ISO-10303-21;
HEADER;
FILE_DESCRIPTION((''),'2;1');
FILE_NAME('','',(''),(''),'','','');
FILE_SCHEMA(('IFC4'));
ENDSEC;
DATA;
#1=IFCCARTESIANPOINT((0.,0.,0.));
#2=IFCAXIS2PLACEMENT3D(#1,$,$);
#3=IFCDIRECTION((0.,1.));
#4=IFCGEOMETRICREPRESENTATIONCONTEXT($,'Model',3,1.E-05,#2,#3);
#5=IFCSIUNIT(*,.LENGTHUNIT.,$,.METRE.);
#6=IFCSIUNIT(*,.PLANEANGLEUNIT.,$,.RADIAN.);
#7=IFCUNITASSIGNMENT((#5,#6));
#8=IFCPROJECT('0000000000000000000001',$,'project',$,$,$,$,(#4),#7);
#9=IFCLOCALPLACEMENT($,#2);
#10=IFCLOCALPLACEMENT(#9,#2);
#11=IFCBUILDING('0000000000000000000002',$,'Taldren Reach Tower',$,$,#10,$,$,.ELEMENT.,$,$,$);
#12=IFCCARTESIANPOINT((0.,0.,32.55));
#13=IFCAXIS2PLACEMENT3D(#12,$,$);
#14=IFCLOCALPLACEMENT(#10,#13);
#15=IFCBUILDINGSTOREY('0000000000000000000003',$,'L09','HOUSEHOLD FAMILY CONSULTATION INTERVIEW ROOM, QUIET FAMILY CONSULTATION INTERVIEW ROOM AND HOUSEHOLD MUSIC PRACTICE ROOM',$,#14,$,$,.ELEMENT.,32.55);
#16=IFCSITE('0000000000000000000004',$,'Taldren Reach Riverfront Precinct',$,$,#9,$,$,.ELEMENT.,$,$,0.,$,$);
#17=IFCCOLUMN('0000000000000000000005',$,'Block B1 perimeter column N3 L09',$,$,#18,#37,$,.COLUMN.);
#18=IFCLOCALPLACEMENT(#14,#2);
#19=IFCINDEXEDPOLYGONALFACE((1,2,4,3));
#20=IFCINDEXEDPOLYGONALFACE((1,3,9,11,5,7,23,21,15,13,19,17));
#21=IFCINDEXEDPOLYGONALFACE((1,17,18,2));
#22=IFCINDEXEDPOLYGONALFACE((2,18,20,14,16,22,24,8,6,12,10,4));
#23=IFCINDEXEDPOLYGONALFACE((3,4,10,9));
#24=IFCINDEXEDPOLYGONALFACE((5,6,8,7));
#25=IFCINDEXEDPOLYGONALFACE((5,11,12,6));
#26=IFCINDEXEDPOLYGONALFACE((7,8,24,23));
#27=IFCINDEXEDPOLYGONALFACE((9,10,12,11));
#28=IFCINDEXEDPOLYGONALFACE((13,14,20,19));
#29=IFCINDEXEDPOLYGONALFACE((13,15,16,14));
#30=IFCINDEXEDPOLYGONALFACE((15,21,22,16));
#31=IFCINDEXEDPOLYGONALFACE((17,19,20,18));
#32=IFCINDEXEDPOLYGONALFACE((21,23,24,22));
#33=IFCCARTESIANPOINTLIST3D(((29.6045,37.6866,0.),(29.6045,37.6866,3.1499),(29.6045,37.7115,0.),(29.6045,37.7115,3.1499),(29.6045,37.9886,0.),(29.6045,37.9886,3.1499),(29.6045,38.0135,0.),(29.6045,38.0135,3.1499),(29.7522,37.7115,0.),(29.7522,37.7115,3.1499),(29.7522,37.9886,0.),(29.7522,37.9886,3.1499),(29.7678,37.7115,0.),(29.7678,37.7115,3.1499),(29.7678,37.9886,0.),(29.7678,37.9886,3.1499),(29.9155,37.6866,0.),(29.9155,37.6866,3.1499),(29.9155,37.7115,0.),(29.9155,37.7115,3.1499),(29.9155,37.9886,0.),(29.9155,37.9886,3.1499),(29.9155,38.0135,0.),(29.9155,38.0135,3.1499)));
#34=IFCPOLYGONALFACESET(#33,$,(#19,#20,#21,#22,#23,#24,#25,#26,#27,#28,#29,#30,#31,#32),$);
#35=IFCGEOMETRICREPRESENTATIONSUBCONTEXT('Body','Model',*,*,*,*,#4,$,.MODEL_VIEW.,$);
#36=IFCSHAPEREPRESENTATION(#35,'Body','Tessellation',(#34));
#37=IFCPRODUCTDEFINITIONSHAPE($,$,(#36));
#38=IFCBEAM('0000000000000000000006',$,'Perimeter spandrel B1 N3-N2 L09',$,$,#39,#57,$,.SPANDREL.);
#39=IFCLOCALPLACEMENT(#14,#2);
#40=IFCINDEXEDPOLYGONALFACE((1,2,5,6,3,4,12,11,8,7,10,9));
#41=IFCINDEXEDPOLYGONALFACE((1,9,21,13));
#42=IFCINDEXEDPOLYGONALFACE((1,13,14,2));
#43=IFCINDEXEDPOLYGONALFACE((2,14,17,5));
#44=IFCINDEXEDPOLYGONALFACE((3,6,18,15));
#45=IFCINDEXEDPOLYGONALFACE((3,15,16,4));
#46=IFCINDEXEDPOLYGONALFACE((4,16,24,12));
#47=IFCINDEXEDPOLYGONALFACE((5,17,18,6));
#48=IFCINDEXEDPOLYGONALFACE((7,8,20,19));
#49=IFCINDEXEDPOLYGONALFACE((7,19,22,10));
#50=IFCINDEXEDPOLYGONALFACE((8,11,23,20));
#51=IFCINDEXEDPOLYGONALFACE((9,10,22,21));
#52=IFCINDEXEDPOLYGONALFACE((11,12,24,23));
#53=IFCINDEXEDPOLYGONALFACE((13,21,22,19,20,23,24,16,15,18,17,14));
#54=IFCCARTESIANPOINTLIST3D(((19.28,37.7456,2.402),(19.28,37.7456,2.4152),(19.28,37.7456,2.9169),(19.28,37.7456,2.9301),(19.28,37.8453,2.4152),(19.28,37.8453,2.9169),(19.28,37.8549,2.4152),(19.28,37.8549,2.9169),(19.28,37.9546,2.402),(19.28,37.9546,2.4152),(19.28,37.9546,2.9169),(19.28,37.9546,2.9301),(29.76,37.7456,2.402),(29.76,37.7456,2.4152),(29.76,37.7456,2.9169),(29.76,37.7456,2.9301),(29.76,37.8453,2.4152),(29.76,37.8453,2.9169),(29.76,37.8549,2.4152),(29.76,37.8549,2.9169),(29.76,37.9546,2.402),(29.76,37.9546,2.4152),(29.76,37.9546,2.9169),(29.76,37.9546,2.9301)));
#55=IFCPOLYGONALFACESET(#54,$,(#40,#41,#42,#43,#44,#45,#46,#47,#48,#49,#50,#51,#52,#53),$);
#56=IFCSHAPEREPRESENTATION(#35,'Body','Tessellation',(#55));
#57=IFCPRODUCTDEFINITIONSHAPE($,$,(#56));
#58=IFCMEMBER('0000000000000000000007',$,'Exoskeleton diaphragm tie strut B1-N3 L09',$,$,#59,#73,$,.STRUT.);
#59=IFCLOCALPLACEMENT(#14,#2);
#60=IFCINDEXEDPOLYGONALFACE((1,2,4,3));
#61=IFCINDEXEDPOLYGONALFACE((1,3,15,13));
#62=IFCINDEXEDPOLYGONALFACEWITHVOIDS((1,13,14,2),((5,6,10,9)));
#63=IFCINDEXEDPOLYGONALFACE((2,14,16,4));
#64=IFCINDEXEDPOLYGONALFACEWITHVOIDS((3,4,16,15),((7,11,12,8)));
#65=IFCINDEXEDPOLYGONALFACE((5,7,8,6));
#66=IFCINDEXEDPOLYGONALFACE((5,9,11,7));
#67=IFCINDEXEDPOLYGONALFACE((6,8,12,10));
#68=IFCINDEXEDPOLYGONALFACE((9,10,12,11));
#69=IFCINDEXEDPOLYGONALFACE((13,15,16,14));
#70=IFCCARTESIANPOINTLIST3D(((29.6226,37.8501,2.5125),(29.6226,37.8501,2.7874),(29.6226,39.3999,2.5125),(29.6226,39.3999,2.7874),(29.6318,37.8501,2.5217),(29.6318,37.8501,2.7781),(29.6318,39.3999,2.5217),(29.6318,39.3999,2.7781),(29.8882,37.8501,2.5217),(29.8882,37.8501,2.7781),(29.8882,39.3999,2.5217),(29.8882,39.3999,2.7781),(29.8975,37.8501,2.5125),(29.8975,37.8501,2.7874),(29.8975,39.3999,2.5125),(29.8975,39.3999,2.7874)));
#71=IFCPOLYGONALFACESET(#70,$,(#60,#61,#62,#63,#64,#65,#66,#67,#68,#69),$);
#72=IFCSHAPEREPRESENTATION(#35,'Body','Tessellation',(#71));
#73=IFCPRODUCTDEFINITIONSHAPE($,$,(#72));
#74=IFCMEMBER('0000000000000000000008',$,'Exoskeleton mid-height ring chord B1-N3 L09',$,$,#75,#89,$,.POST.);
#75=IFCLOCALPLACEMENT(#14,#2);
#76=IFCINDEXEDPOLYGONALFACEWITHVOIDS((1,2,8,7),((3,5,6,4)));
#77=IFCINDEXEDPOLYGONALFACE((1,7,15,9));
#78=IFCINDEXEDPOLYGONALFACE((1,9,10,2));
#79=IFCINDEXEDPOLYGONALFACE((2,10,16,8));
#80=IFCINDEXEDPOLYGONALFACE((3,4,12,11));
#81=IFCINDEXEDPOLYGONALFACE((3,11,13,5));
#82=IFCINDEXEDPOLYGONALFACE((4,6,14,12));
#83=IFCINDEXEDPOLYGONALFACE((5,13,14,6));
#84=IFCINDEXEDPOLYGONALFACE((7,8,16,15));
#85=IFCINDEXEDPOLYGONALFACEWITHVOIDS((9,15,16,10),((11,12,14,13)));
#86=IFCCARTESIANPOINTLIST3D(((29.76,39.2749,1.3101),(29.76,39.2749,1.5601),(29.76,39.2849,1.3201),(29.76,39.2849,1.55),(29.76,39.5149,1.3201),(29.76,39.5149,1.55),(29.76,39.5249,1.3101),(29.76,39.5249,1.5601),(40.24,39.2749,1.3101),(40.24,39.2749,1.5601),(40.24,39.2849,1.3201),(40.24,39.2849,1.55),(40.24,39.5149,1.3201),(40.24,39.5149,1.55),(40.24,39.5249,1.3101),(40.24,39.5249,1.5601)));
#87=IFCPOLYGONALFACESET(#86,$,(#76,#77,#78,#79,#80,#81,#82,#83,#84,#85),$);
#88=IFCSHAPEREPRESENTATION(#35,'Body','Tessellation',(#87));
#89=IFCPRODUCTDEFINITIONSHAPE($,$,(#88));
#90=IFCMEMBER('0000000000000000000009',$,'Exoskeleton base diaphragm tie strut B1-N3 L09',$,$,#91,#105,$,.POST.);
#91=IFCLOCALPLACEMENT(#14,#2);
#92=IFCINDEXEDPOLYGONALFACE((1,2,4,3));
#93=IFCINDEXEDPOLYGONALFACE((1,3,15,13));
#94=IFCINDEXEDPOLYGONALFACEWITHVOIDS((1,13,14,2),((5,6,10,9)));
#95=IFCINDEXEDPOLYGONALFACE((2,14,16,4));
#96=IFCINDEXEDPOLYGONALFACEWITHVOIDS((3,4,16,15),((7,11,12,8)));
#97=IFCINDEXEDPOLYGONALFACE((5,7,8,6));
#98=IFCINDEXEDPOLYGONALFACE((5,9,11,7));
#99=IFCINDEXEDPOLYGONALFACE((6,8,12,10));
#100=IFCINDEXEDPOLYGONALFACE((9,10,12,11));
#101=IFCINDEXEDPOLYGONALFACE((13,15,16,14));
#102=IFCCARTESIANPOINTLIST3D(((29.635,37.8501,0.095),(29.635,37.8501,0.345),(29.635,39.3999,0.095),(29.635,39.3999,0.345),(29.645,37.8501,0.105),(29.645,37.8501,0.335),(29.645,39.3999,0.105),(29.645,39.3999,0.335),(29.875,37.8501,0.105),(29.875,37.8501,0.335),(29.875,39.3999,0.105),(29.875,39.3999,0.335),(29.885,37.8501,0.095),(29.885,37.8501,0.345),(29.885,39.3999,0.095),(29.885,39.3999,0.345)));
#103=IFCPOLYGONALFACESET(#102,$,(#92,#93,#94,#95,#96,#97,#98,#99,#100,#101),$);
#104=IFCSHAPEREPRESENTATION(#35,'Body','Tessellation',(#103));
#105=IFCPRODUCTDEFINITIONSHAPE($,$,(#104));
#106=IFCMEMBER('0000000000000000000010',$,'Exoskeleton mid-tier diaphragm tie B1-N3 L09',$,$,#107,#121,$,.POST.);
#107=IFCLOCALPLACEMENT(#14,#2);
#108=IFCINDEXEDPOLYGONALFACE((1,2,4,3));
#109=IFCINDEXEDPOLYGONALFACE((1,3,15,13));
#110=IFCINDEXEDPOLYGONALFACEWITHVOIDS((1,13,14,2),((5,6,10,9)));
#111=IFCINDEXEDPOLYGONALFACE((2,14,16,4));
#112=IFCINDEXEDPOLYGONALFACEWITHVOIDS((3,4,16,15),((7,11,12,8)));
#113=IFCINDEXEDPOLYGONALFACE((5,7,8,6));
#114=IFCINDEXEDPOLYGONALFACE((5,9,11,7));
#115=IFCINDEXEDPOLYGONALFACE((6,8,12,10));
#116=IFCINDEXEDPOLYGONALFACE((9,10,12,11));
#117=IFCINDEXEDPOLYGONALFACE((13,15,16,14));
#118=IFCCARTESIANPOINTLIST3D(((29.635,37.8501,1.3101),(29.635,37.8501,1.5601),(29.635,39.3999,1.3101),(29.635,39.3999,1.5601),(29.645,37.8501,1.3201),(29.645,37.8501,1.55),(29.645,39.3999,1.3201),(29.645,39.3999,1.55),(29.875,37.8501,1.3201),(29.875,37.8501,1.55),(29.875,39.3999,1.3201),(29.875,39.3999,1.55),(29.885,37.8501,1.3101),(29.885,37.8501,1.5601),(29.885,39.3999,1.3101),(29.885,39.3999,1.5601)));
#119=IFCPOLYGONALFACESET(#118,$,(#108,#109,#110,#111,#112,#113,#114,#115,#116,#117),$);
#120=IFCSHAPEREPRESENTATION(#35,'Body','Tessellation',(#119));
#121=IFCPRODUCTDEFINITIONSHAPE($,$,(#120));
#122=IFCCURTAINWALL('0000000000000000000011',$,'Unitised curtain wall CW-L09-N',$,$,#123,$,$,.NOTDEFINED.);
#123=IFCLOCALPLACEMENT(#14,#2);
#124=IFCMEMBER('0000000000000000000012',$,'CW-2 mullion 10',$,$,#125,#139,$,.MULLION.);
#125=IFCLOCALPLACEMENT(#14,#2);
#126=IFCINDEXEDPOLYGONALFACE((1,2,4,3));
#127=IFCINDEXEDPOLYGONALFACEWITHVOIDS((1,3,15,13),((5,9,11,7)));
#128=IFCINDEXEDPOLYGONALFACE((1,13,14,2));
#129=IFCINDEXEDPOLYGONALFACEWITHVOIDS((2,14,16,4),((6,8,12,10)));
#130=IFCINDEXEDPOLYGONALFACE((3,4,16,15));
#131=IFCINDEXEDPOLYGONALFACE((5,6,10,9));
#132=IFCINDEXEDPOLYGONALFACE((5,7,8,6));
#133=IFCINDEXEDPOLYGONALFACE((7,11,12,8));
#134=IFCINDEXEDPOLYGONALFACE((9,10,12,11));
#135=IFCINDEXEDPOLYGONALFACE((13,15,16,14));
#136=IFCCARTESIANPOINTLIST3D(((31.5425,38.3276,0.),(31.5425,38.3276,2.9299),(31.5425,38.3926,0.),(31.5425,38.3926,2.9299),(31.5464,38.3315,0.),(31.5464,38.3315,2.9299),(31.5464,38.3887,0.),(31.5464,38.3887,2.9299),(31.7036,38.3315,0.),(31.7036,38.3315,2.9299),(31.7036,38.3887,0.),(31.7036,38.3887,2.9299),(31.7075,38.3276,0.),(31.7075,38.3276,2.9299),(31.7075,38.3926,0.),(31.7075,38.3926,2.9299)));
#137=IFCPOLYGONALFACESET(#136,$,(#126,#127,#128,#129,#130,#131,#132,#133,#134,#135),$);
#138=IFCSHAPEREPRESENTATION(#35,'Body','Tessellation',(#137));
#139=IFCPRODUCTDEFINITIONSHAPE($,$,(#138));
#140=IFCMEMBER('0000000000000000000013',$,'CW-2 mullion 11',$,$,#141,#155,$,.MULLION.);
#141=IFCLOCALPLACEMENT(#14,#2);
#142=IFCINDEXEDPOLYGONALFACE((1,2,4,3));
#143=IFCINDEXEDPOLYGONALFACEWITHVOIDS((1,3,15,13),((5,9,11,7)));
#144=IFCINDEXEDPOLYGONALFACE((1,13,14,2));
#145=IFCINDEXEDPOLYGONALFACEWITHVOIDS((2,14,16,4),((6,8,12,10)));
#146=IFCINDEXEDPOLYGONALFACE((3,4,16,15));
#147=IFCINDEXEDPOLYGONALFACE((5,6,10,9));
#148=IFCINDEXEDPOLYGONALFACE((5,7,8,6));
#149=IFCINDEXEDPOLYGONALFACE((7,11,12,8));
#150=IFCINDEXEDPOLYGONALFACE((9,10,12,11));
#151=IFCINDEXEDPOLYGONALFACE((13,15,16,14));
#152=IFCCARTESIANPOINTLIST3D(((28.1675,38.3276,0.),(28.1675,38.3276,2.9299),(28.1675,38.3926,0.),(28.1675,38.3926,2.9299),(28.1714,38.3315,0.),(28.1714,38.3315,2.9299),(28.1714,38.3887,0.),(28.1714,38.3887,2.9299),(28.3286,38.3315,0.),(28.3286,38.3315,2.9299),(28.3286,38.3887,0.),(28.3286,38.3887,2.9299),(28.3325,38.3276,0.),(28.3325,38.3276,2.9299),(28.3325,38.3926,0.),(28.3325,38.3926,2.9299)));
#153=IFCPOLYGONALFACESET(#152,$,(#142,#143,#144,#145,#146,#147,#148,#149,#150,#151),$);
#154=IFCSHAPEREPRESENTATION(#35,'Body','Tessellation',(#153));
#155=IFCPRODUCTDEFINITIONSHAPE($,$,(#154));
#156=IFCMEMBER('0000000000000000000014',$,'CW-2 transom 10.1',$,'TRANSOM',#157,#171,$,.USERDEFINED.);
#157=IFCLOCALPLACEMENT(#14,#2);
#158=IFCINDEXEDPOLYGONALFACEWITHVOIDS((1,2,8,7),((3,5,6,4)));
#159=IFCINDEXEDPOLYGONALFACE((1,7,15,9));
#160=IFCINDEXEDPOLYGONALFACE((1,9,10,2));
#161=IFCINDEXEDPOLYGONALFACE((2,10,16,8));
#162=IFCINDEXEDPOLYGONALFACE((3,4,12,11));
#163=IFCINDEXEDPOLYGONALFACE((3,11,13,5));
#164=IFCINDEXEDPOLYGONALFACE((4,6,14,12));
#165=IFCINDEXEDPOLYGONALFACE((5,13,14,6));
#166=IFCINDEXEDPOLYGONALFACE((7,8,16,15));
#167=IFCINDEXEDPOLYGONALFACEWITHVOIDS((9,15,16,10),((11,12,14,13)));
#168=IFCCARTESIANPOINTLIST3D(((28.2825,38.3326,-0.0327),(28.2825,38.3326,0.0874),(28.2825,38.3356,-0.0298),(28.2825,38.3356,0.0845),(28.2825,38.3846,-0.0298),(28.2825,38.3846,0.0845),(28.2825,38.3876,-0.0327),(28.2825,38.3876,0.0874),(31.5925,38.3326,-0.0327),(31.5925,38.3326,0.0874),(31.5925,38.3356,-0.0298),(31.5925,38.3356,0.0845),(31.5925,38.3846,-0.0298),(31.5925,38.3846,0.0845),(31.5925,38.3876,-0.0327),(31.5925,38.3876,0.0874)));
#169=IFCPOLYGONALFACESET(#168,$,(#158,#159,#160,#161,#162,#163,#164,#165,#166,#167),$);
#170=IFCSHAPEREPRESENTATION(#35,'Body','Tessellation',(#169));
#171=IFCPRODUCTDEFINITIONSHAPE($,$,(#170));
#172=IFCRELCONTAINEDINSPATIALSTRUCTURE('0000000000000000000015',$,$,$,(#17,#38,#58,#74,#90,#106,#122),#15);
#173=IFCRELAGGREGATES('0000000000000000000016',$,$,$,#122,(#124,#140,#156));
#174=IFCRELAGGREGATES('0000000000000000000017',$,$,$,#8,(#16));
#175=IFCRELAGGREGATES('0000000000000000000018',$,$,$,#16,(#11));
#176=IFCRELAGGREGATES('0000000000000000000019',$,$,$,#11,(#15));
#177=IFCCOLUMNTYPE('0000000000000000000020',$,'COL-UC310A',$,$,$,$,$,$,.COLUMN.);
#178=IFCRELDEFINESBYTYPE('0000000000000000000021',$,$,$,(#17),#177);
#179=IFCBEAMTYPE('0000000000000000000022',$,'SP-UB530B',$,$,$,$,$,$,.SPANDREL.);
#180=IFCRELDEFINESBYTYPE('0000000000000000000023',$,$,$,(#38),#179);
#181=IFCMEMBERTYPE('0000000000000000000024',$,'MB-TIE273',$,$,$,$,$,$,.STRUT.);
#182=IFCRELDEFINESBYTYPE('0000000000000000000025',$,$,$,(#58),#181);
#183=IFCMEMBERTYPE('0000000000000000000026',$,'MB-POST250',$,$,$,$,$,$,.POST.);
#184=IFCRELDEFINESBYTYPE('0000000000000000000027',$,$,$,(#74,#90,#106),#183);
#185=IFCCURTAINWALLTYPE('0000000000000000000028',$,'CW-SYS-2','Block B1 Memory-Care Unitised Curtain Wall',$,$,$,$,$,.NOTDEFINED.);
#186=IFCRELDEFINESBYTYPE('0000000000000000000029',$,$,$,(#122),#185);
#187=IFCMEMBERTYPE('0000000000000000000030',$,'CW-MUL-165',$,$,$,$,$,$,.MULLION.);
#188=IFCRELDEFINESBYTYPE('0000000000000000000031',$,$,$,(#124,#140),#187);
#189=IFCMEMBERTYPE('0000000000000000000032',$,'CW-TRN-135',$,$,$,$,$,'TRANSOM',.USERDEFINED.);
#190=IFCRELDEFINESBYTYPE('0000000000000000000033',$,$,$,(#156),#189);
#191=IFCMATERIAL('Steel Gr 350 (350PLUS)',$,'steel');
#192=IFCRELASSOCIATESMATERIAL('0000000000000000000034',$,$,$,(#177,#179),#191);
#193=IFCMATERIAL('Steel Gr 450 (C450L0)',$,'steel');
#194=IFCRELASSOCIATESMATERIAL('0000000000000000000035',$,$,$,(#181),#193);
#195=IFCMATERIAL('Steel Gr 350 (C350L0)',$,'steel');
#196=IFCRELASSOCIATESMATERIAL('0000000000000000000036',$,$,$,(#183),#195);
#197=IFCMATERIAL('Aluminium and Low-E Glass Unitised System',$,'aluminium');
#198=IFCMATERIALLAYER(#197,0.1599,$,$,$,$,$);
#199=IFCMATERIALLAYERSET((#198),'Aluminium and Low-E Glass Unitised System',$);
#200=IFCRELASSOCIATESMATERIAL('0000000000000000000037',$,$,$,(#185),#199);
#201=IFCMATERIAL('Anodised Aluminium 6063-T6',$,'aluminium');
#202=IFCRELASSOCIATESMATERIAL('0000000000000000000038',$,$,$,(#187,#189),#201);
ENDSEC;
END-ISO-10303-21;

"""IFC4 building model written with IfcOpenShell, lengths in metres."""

from ifc_helpers import new_model, si_unit, direction, frame, origin, origin_2d, place, context, subcontext, project, spatial, hollow_rectangle, i_section, extrude, source, transform, mapped, material, layer, layer_set, material_profile, profile_set, type_object, element, aggregate, save


model = new_model("IFC4")

# Units and contexts
model_context = context("Model", 3, precision=1e-05, world=origin(), true_north=direction((0.0, 1.0)))
body_context = subcontext(model_context, "Body", "Model", "MODEL_VIEW")
ifc_project = project(units=[si_unit("LENGTHUNIT", "METRE"), si_unit("PLANEANGLEUNIT", "RADIAN")], contexts=[model_context])

# Site, building, storey
site_placement = place(None, origin())
site = spatial("IfcSite", under=ifc_project, at=site_placement, Name="Taldren Reach Riverfront Precinct", CompositionType="ELEMENT", RefElevation=0.0)
building_placement = place(site_placement, origin())
building = spatial("IfcBuilding", under=site, at=building_placement, Name="Taldren Reach Tower", CompositionType="ELEMENT")
storey_placement = place(building_placement, frame((0.0, 0.0, 32.55)))
storey = spatial("IfcBuildingStorey", under=building, at=storey_placement, Name="L09", Description="HOUSEHOLD FAMILY CONSULTATION INTERVIEW ROOM, QUIET FAMILY CONSULTATION INTERVIEW ROOM AND HOUSEHOLD MUSIC PRACTICE ROOM", CompositionType="ELEMENT", Elevation=32.55)

# Column
ifc_material_1 = material(Name="Steel Gr 350 (350PLUS)", Category="steel")
ifc_material_profile_1 = material_profile(ifc_material_1, i_section(OverallWidth=0.311, OverallDepth=0.3269, WebThickness=0.0156, FlangeThickness=0.0249, at=origin_2d()), Name="310UC158")
ifc_profile_set_1 = profile_set([ifc_material_profile_1], Name="Steel Gr 350 (350PLUS)")
column_type = type_object("IfcColumnType", Name="COL-UC310A", PredefinedType="COLUMN", material=ifc_profile_set_1)
shared_shape_1 = source(origin(), body_context, "Body", "SweptSolid", [
    extrude(i_section(OverallWidth=0.311, OverallDepth=0.3269, WebThickness=0.0156, FlangeThickness=0.0249, at=origin_2d()), origin(), (0.0, 0.0, 1.0), 3.1499),
])
column_placement = place(storey_placement, frame((29.76, 37.8501, 0.0), z_axis=(0.0, 0.0, 1.0), x_axis=(1.0, 0.0, 0.0)))
element("IfcColumn", 1, at=column_placement, inside=storey, type_object=column_type, Name="Block B1 perimeter column N3 L09", PredefinedType="COLUMN", context=body_context, shape_type="MappedRepresentation", body=[
    mapped(shared_shape_1, transform((0.0, 0.0, 0.0), scale=1.0)),
])

# Beam
ifc_material_profile_2 = material_profile(ifc_material_1, i_section(OverallWidth=0.209, OverallDepth=0.5281, WebThickness=0.0095, FlangeThickness=0.0132, at=origin_2d()), Name="530UB82.0")
ifc_profile_set_2 = profile_set([ifc_material_profile_2], Name="Steel Gr 350 (350PLUS)")
beam_type = type_object("IfcBeamType", Name="SP-UB530B", PredefinedType="SPANDREL", material=ifc_profile_set_2)
shared_shape_2 = source(origin(), body_context, "Body", "SweptSolid", [
    extrude(i_section(OverallWidth=0.209, OverallDepth=0.5281, WebThickness=0.0095, FlangeThickness=0.0132, at=origin_2d()), origin(), (0.0, 0.0, 1.0), 10.48),
])
beam_placement = place(storey_placement, frame((29.76, 37.8501, 2.666), z_axis=(-1.0, 0.0, 0.0), x_axis=(0.0, -1.0, 0.0)))
element("IfcBeam", 2, at=beam_placement, inside=storey, type_object=beam_type, Name="Perimeter spandrel B1 N3-N2 L09", PredefinedType="SPANDREL", context=body_context, shape_type="MappedRepresentation", body=[
    mapped(shared_shape_2, transform((0.0, 0.0, 0.0), scale=1.0)),
])

# Members
ifc_material_2 = material(Name="Steel Gr 450 (C450L0)", Category="steel")
ifc_material_profile_3 = material_profile(ifc_material_2, hollow_rectangle(XDim=0.2749, YDim=0.2749, WallThickness=0.0093, at=origin_2d()), Name="275x275x9.3SHS")
ifc_profile_set_3 = profile_set([ifc_material_profile_3], Name="Steel Gr 450 (C450L0)")
member_type_1 = type_object("IfcMemberType", Name="MB-TIE273", PredefinedType="STRUT", material=ifc_profile_set_3)
shared_shape_3 = source(origin(), body_context, "Body", "SweptSolid", [
    extrude(hollow_rectangle(XDim=0.2749, YDim=0.2749, WallThickness=0.0093, at=origin_2d()), origin(), (0.0, 0.0, 1.0), 1.5498),
])
member_1_placement = place(storey_placement, frame((29.76, 37.8501, 2.6499), z_axis=(0.0, 1.0, 0.0), x_axis=(-1.0, 0.0, 0.0)))
element("IfcMember", 3, at=member_1_placement, inside=storey, type_object=member_type_1, Name="Exoskeleton diaphragm tie strut B1-N3 L09", PredefinedType="STRUT", context=body_context, shape_type="MappedRepresentation", body=[
    mapped(shared_shape_3, transform((0.0, 0.0, 0.0), scale=1.0)),
])
ifc_material_3 = material(Name="Steel Gr 350 (C350L0)", Category="steel")
ifc_material_profile_4 = material_profile(ifc_material_3, hollow_rectangle(XDim=0.25, YDim=0.25, WallThickness=0.01, at=origin_2d()), Name="250x250x10.0SHS")
ifc_profile_set_4 = profile_set([ifc_material_profile_4], Name="Steel Gr 350 (C350L0)")
member_type_2 = type_object("IfcMemberType", Name="MB-POST250", PredefinedType="POST", material=ifc_profile_set_4)
shared_shape_4 = source(origin(), body_context, "Body", "SweptSolid", [
    extrude(hollow_rectangle(XDim=0.25, YDim=0.25, WallThickness=0.01, at=origin_2d()), origin(), (0.0, 0.0, 1.0), 10.48),
])
member_2_placement = place(storey_placement, frame((29.76, 39.3999, 1.4351), z_axis=(1.0, 0.0, 0.0), x_axis=(0.0, 1.0, 0.0)))
element("IfcMember", 4, at=member_2_placement, inside=storey, type_object=member_type_2, Name="Exoskeleton mid-height ring chord B1-N3 L09", PredefinedType="POST", context=body_context, shape_type="MappedRepresentation", body=[
    mapped(shared_shape_4, transform((0.0, 0.0, 0.0), scale=1.0)),
])
shared_shape_5 = source(origin(), body_context, "Body", "SweptSolid", [
    extrude(hollow_rectangle(XDim=0.25, YDim=0.25, WallThickness=0.01, at=origin_2d()), origin(), (0.0, 0.0, 1.0), 1.5498),
])
for number, where, z_axis, x_axis, name in (
    (5, (29.76, 37.8501, 0.22), (0.0, 1.0, 0.0), (-1.0, 0.0, 0.0), "Exoskeleton base diaphragm tie strut B1-N3 L09"),
    (6, (29.76, 37.8501, 1.4351), (0.0, 1.0, 0.0), (-1.0, 0.0, 0.0), "Exoskeleton mid-tier diaphragm tie B1-N3 L09"),
):
    element("IfcMember", number, at=place(storey_placement, frame(where, z_axis=z_axis, x_axis=x_axis)), inside=storey, type_object=member_type_2, Name=name, PredefinedType="POST", context=body_context, shape_type="MappedRepresentation", body=[
        mapped(shared_shape_5, transform((0.0, 0.0, 0.0), scale=1.0)),
    ])

# Curtain wall, members
ifc_material_4 = material(Name="Aluminium and Low-E Glass Unitised System", Category="aluminium")
ifc_layer_1 = layer(ifc_material_4, 0.1599)
ifc_layer_set_1 = layer_set([ifc_layer_1], Name="Aluminium and Low-E Glass Unitised System")
curtain_wall_type = type_object("IfcCurtainWallType", Name="CW-SYS-2", Description="Block B1 Memory-Care Unitised Curtain Wall", PredefinedType="NOTDEFINED", material=ifc_layer_set_1)
curtain_wall_placement = place(storey_placement, origin())
curtain_wall = element("IfcCurtainWall", 7, at=curtain_wall_placement, inside=storey, type_object=curtain_wall_type, Name="Unitised curtain wall CW-L09-N", PredefinedType="NOTDEFINED")
ifc_material_5 = material(Name="Anodised Aluminium 6063-T6", Category="aluminium")
ifc_material_profile_5 = material_profile(ifc_material_5, hollow_rectangle(XDim=0.0649, YDim=0.165, WallThickness=0.0039, at=origin_2d()), Name="ALU-165x65x4RHS")
ifc_profile_set_5 = profile_set([ifc_material_profile_5], Name="Anodised Aluminium 6063-T6")
member_type_3 = type_object("IfcMemberType", Name="CW-MUL-165", PredefinedType="MULLION", material=ifc_profile_set_5)
shared_shape_6 = source(origin(), body_context, "Body", "SweptSolid", [
    extrude(hollow_rectangle(XDim=0.0649, YDim=0.165, WallThickness=0.0039, at=origin_2d()), origin(), (0.0, 0.0, 1.0), 2.9299),
])
member_3_placement = place(storey_placement, frame((31.625, 38.3601, 0.0), z_axis=(0.0, 0.0, 1.0), x_axis=(0.0, -1.0, 0.0)))
member_3 = element("IfcMember", 8, at=member_3_placement, type_object=member_type_3, Name="CW-2 mullion 10", PredefinedType="MULLION", context=body_context, shape_type="MappedRepresentation", body=[
    mapped(shared_shape_6, transform((0.0, 0.0, 0.0), scale=1.0)),
])
member_4_placement = place(storey_placement, frame((28.25, 38.3601, 0.0), z_axis=(0.0, 0.0, 1.0), x_axis=(0.0, -1.0, 0.0)))
member_4 = element("IfcMember", 9, at=member_4_placement, type_object=member_type_3, Name="CW-2 mullion 11", PredefinedType="MULLION", context=body_context, shape_type="MappedRepresentation", body=[
    mapped(shared_shape_6, transform((0.0, 0.0, 0.0), scale=1.0)),
])
ifc_material_profile_6 = material_profile(ifc_material_5, hollow_rectangle(XDim=0.0549, YDim=0.1201, WallThickness=0.0029, at=origin_2d()), Name="ALU-120x55x3RHS")
ifc_profile_set_6 = profile_set([ifc_material_profile_6], Name="Anodised Aluminium 6063-T6")
member_type_4 = type_object("IfcMemberType", Name="CW-TRN-135", ElementType="TRANSOM", PredefinedType="USERDEFINED", material=ifc_profile_set_6)
shared_shape_7 = source(origin(), body_context, "Body", "SweptSolid", [
    extrude(hollow_rectangle(XDim=0.0549, YDim=0.1201, WallThickness=0.0029, at=origin_2d()), origin(), (0.0, 0.0, 1.0), 3.3101),
])
member_5_placement = place(storey_placement, frame((31.5925, 38.3601, 0.0273), z_axis=(-1.0, 0.0, 0.0), x_axis=(0.0, -1.0, 0.0)))
member_5 = element("IfcMember", 10, at=member_5_placement, type_object=member_type_4, Name="CW-2 transom 10.1", ObjectType="TRANSOM", PredefinedType="USERDEFINED", context=body_context, shape_type="MappedRepresentation", body=[
    mapped(shared_shape_7, transform((0.0, 0.0, 0.0), scale=1.0)),
])

aggregate(curtain_wall, [member_3, member_4, member_5])

save(model, "model.ifc")
